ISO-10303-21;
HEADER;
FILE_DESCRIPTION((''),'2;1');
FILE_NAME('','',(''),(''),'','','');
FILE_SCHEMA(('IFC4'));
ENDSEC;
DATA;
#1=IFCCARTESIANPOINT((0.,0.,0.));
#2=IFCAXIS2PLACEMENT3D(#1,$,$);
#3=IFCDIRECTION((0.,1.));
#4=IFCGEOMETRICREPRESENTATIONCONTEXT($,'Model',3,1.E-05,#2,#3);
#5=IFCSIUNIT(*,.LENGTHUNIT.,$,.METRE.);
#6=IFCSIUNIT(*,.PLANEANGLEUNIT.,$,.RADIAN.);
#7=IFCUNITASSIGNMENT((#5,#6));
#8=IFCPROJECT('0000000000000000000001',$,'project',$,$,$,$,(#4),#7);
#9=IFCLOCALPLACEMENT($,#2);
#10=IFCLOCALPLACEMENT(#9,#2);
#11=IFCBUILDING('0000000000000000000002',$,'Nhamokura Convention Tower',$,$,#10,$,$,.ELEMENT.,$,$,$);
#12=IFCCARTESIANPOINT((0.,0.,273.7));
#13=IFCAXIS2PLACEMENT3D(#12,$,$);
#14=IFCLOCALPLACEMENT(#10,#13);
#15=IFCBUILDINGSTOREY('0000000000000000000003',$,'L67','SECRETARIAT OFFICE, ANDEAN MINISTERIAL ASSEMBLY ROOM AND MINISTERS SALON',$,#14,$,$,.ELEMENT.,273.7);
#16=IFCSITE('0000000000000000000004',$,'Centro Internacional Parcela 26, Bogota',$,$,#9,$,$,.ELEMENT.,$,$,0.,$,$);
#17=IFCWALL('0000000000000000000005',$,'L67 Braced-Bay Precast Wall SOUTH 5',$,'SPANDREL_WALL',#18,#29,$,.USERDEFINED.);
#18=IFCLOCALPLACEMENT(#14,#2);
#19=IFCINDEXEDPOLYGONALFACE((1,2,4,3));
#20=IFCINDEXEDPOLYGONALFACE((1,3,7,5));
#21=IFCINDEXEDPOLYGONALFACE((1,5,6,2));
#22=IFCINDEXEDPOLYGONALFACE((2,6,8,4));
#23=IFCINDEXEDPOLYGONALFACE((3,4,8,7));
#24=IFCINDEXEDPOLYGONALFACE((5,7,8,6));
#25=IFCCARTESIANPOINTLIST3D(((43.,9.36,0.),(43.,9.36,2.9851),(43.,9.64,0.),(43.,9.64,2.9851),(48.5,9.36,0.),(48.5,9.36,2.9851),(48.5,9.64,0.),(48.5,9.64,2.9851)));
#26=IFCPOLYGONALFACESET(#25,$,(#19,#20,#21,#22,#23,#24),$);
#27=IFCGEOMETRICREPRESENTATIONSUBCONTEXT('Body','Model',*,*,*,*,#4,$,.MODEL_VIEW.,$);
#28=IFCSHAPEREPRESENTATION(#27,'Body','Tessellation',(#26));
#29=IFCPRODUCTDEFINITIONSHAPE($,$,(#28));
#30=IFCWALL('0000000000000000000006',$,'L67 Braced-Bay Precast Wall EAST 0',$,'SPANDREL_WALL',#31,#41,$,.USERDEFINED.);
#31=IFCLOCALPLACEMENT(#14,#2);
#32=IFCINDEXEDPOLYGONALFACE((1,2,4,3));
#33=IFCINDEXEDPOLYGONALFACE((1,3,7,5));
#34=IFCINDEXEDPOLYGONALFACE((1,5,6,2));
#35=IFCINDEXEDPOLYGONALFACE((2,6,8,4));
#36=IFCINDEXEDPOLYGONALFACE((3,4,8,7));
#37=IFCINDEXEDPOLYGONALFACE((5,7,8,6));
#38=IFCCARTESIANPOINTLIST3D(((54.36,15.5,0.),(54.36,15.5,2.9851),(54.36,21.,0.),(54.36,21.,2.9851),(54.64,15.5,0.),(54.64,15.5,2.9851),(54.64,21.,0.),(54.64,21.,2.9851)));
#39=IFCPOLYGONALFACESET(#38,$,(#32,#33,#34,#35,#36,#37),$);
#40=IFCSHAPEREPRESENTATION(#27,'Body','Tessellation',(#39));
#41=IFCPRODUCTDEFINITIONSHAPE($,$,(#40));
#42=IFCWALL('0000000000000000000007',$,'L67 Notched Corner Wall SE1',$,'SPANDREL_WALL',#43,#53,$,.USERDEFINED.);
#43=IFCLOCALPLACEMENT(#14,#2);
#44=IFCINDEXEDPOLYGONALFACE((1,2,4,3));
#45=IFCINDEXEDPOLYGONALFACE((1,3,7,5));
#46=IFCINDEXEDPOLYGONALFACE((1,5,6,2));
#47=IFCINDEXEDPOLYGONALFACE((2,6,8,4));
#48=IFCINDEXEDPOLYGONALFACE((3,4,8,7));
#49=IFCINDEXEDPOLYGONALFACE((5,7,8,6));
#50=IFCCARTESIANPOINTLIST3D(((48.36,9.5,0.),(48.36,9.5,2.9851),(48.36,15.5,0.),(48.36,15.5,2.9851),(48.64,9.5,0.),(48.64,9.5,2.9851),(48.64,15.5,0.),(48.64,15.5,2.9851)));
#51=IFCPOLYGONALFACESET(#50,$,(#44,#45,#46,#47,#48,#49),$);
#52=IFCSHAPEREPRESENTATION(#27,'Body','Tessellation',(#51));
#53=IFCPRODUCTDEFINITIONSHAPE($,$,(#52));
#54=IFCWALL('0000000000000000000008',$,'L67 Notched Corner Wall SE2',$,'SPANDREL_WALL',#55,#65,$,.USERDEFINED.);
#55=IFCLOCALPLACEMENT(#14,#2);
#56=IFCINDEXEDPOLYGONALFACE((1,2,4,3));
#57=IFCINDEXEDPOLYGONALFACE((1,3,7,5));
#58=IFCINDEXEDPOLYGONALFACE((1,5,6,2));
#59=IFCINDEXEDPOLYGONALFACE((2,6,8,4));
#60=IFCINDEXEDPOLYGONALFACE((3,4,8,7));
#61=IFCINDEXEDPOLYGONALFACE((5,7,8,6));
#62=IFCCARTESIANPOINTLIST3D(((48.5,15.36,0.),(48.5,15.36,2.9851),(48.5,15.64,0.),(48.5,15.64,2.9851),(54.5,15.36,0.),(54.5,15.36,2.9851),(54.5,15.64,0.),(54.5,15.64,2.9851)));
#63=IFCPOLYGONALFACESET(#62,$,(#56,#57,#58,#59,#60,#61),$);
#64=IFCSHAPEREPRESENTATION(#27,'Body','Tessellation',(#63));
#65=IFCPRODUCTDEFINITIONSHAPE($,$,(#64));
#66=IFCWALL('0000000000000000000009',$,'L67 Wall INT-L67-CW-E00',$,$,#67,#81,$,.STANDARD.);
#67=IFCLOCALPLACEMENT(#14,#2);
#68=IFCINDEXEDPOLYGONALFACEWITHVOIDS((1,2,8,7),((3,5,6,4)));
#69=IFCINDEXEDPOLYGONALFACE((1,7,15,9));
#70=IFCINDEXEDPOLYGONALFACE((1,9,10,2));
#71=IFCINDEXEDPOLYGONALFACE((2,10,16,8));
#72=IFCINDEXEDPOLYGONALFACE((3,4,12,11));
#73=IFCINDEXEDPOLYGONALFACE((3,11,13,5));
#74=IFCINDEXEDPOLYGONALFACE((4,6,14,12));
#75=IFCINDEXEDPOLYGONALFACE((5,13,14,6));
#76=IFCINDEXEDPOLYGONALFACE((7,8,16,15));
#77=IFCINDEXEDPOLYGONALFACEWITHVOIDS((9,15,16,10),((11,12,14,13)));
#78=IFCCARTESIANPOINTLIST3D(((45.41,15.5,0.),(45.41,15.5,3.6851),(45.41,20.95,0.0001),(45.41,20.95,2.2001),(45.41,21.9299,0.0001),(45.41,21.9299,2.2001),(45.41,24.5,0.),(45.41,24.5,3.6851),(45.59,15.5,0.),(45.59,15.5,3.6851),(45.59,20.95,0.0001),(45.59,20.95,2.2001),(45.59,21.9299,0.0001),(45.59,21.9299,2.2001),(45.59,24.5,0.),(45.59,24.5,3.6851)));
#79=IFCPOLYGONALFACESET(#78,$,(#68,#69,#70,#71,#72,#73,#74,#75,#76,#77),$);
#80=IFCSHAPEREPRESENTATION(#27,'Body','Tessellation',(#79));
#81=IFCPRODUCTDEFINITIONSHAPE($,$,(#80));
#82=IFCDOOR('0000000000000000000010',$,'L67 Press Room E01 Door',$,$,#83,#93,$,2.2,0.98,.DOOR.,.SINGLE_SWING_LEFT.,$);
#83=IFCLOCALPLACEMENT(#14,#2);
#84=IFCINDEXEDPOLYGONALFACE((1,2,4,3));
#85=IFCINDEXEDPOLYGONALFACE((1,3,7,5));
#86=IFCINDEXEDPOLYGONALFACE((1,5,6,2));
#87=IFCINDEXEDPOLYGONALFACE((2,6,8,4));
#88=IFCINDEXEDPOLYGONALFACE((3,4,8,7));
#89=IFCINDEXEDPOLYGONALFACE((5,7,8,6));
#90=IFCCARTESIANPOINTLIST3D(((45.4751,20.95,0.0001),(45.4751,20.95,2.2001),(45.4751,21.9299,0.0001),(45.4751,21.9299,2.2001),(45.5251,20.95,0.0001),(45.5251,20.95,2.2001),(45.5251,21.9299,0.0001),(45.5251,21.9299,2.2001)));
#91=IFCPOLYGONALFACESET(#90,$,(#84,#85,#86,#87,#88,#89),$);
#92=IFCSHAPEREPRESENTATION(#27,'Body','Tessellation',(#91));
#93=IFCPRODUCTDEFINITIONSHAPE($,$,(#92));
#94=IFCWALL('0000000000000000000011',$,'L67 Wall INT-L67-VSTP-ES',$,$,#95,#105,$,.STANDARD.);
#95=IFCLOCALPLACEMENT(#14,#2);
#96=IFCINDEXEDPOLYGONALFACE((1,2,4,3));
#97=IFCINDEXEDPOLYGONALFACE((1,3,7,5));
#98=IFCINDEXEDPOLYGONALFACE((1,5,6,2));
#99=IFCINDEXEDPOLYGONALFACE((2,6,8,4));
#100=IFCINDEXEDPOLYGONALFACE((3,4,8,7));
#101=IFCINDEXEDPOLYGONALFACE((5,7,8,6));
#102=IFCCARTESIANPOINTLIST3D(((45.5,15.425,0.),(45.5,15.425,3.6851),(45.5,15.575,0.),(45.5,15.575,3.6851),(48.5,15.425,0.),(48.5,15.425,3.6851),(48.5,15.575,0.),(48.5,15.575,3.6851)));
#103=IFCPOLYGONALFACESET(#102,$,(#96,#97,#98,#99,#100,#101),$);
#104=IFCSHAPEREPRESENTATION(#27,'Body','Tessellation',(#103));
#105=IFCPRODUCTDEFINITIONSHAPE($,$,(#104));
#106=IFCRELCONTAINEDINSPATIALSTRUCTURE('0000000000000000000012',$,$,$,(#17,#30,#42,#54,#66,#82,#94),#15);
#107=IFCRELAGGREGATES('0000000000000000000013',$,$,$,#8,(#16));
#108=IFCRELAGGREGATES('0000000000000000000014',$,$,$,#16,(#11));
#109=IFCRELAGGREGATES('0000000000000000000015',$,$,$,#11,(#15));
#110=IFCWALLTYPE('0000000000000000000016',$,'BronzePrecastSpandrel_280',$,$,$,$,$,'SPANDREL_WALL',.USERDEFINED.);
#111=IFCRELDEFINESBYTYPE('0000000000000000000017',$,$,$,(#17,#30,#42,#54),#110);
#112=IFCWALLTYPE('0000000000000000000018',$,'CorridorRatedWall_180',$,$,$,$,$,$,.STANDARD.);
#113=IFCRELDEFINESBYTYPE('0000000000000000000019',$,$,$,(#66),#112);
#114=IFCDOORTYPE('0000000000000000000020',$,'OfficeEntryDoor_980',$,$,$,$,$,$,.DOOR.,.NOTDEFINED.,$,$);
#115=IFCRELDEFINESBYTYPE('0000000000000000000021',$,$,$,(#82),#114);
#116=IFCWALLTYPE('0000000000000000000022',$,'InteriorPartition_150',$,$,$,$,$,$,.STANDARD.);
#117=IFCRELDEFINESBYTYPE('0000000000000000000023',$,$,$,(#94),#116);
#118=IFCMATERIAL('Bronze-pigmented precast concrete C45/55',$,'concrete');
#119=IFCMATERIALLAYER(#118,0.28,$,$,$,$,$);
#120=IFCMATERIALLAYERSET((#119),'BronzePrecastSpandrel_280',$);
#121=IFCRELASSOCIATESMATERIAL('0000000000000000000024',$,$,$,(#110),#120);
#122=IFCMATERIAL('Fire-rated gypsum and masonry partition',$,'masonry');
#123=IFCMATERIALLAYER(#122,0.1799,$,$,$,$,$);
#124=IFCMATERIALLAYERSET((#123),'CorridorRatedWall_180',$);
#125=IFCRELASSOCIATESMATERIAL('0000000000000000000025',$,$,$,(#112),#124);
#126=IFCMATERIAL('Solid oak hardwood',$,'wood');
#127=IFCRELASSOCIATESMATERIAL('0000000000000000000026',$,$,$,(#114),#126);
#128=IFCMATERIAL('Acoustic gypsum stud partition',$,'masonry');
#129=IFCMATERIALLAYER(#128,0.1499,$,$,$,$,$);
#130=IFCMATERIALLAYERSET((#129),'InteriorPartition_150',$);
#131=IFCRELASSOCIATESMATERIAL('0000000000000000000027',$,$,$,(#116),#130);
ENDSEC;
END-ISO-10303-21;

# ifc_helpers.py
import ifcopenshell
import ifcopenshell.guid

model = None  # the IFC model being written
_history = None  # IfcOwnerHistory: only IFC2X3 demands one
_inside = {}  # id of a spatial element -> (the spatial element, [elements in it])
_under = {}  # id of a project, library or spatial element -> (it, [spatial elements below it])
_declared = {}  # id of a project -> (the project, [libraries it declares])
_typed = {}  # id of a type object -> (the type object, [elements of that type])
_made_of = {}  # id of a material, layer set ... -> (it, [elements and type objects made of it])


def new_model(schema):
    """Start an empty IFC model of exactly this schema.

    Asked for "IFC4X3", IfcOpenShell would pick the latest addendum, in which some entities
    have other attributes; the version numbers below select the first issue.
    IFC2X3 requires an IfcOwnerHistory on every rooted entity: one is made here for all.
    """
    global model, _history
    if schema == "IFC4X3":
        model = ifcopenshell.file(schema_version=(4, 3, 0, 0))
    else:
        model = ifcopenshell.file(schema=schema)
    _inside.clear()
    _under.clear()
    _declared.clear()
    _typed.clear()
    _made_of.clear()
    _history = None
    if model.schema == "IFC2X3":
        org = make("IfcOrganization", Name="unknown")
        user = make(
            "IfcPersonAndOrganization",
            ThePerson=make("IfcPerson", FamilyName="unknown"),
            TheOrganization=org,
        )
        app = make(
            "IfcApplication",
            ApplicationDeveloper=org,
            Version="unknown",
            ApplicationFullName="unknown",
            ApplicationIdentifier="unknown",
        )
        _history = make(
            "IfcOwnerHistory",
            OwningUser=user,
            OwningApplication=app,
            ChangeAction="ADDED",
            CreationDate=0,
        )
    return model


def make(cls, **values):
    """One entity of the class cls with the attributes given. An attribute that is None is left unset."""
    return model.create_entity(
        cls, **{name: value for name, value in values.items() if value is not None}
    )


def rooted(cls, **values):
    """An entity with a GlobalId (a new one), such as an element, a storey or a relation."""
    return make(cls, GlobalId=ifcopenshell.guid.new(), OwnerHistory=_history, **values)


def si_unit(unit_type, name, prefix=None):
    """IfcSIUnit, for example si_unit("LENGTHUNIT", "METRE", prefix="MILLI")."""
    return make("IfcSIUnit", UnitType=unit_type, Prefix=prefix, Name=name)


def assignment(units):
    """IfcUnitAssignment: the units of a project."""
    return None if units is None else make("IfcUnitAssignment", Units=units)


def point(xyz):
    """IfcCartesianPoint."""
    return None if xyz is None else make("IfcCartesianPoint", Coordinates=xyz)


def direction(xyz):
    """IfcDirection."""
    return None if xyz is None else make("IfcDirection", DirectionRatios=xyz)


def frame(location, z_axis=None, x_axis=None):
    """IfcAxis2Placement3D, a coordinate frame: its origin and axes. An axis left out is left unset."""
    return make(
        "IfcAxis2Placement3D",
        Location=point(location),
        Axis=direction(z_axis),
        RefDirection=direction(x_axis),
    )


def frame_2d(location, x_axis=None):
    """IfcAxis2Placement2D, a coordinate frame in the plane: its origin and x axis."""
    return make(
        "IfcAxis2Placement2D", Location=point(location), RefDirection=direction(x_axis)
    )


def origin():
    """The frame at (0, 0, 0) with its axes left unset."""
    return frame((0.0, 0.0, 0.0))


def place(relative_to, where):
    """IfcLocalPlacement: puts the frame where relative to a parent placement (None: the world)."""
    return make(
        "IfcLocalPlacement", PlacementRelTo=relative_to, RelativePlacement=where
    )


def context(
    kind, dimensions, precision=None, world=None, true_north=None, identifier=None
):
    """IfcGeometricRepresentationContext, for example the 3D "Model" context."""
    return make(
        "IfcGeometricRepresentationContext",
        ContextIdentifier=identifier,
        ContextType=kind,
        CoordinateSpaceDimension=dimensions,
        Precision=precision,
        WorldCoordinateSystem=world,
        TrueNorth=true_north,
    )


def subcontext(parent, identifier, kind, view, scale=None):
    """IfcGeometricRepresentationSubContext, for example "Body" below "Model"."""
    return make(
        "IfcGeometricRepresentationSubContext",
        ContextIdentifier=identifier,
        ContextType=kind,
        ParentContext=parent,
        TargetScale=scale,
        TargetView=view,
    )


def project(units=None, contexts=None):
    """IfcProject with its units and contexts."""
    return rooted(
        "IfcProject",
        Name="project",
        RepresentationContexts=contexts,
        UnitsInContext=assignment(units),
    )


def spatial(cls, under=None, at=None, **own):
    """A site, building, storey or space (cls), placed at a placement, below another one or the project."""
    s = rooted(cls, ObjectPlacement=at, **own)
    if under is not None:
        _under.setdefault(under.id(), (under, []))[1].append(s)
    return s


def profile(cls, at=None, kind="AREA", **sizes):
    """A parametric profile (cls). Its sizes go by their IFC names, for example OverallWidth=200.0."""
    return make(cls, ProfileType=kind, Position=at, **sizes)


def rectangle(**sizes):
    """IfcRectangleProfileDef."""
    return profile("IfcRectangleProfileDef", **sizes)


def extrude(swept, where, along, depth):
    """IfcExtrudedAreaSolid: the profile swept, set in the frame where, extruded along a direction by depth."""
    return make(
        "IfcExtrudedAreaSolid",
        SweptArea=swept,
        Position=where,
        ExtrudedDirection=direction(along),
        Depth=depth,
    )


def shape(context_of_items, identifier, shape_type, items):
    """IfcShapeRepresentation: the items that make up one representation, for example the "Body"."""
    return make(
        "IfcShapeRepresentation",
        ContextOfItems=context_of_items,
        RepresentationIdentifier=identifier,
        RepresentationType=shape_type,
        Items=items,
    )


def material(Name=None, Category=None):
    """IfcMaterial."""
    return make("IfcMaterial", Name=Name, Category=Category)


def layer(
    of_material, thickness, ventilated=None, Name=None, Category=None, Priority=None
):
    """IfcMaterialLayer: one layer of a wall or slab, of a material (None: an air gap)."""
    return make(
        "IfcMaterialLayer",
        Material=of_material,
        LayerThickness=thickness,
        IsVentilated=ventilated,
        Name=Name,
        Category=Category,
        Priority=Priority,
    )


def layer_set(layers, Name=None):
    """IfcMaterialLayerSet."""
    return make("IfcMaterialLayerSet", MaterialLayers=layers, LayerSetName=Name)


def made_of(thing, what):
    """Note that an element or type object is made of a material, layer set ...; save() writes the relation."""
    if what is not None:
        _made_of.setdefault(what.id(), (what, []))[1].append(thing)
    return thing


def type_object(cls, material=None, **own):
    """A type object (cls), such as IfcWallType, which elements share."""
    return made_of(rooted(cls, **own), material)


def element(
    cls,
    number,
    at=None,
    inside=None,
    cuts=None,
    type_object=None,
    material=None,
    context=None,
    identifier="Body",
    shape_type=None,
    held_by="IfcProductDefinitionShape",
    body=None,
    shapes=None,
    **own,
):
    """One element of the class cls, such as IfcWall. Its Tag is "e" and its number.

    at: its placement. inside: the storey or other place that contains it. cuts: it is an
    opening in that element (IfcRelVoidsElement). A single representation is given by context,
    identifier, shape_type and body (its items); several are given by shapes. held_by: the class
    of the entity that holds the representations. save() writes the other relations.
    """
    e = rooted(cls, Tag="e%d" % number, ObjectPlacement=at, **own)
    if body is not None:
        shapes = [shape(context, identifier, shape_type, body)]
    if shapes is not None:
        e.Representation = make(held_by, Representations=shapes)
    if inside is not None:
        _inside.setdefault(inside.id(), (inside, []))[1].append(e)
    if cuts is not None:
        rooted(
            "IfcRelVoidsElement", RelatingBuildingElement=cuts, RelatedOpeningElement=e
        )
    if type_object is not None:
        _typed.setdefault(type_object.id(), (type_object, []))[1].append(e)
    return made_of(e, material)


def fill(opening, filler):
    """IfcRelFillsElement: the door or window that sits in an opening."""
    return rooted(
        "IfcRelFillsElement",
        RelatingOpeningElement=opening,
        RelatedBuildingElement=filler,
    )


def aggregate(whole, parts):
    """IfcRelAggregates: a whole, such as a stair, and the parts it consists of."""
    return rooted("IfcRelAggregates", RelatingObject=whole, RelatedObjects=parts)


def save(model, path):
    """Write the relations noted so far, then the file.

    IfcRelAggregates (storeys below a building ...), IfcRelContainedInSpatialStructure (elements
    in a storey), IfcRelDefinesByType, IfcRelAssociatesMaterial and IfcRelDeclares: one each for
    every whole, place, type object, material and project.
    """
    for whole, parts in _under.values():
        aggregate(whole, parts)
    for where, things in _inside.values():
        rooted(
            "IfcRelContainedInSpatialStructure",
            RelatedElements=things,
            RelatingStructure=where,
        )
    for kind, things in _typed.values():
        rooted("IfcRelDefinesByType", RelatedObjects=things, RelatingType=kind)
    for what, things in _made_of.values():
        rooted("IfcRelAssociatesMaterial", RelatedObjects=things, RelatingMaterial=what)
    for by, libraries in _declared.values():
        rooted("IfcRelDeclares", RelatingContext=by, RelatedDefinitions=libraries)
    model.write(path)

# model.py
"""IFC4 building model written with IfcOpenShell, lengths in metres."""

from ifc_helpers import new_model, si_unit, direction, frame, frame_2d, origin, place, context, subcontext, project, spatial, rectangle, extrude, material, layer, layer_set, type_object, element, fill, save


model = new_model("IFC4")

# Units and contexts
model_context = context("Model", 3, precision=1e-05, world=origin(), true_north=direction((0.0, 1.0)))
body_context = subcontext(model_context, "Body", "Model", "MODEL_VIEW")
ifc_project = project(units=[si_unit("LENGTHUNIT", "METRE"), si_unit("PLANEANGLEUNIT", "RADIAN")], contexts=[model_context])

# Site, building, storey
site_placement = place(None, origin())
site = spatial("IfcSite", under=ifc_project, at=site_placement, Name="Centro Internacional Parcela 26, Bogota", CompositionType="ELEMENT", RefElevation=0.0)
building_placement = place(site_placement, origin())
building = spatial("IfcBuilding", under=site, at=building_placement, Name="Nhamokura Convention Tower", CompositionType="ELEMENT")
storey_placement = place(building_placement, frame((0.0, 0.0, 273.7)))
storey = spatial("IfcBuildingStorey", under=building, at=storey_placement, Name="L67", Description="SECRETARIAT OFFICE, ANDEAN MINISTERIAL ASSEMBLY ROOM AND MINISTERS SALON", CompositionType="ELEMENT", Elevation=273.7)

# Walls
ifc_material_1 = material(Name="Bronze-pigmented precast concrete C45/55", Category="concrete")
ifc_layer_1 = layer(ifc_material_1, 0.28)
ifc_layer_set_1 = layer_set([ifc_layer_1], Name="BronzePrecastSpandrel_280")
wall_type_1 = type_object("IfcWallType", Name="BronzePrecastSpandrel_280", ElementType="SPANDREL_WALL", PredefinedType="USERDEFINED", material=ifc_layer_set_1)
for number, where, z_axis, x_axis, name in (
    (1, (48.5, 9.5, 0.0), (0.0, 0.0, 1.0), (-1.0, 0.0, 0.0), "L67 Braced-Bay Precast Wall SOUTH 5"),
    (2, (54.5, 21.0, 0.0), (0.0, 0.0, 1.0), (0.0, -1.0, 0.0), "L67 Braced-Bay Precast Wall EAST 0"),
):
    element("IfcWall", number, at=place(storey_placement, frame(where, z_axis=z_axis, x_axis=x_axis)), inside=storey, type_object=wall_type_1, Name=name, ObjectType="SPANDREL_WALL", PredefinedType="USERDEFINED", context=body_context, shape_type="SweptSolid", body=[
        extrude(rectangle(XDim=5.5, YDim=0.28, at=frame_2d((2.75, 0.0))), origin(), (0.0, 0.0, 1.0), 2.9851),
    ])
for number, where, z_axis, x_axis, name in (
    (3, (48.5, 15.5, 0.0), (0.0, 0.0, 1.0), (0.0, -1.0, 0.0), "L67 Notched Corner Wall SE1"),
    (4, (54.5, 15.5, 0.0), (0.0, 0.0, 1.0), (-1.0, 0.0, 0.0), "L67 Notched Corner Wall SE2"),
):
    element("IfcWall", number, at=place(storey_placement, frame(where, z_axis=z_axis, x_axis=x_axis)), inside=storey, type_object=wall_type_1, Name=name, ObjectType="SPANDREL_WALL", PredefinedType="USERDEFINED", context=body_context, shape_type="SweptSolid", body=[
        extrude(rectangle(XDim=6.0, YDim=0.28, at=frame_2d((3.0, 0.0))), origin(), (0.0, 0.0, 1.0), 2.9851),
    ])

# Wall, opening, door
ifc_material_2 = material(Name="Fire-rated gypsum and masonry partition", Category="masonry")
ifc_layer_2 = layer(ifc_material_2, 0.1799)
ifc_layer_set_2 = layer_set([ifc_layer_2], Name="CorridorRatedWall_180")
wall_type_2 = type_object("IfcWallType", Name="CorridorRatedWall_180", PredefinedType="STANDARD", material=ifc_layer_set_2)
wall_1_placement = place(storey_placement, frame((45.5, 15.5, 0.0), z_axis=(0.0, 0.0, 1.0), x_axis=(0.0, 1.0, 0.0)))
wall_1 = element("IfcWall", 5, at=wall_1_placement, inside=storey, type_object=wall_type_2, Name="L67 Wall INT-L67-CW-E00", PredefinedType="STANDARD", context=body_context, shape_type="SweptSolid", body=[
    extrude(rectangle(XDim=9.0, YDim=0.1799, at=frame_2d((4.5, 0.0))), origin(), (0.0, 0.0, 1.0), 3.6851),
])
opening_placement = place(wall_1_placement, frame((5.45, 0.0, 0.0)))
opening = element("IfcOpeningElement", 6, at=opening_placement, cuts=wall_1, PredefinedType="OPENING", context=body_context, shape_type="SweptSolid", body=[
    extrude(rectangle(XDim=0.98, YDim=2.2, at=frame_2d((0.49, 1.1001))), frame((0.0, 0.0999, 0.0), z_axis=(0.0, -1.0, 0.0), x_axis=(1.0, 0.0, 0.0)), (0.0, 0.0, 1.0), 0.2),
])
ifc_material_3 = material(Name="Solid oak hardwood", Category="wood")
door_type = type_object("IfcDoorType", Name="OfficeEntryDoor_980", OperationType="NOTDEFINED", PredefinedType="DOOR", material=ifc_material_3)
door_placement = place(opening_placement, origin())
door = element("IfcDoor", 7, at=door_placement, inside=storey, type_object=door_type, Name="L67 Press Room E01 Door", OperationType="SINGLE_SWING_LEFT", OverallHeight=2.2, OverallWidth=0.98, PredefinedType="DOOR", context=body_context, shape_type="SweptSolid", body=[
    extrude(rectangle(XDim=0.98, YDim=2.2, at=frame_2d((0.49, 1.1001))), frame((0.0, 0.0249, 0.0), z_axis=(0.0, -1.0, 0.0), x_axis=(1.0, 0.0, 0.0)), (0.0, 0.0, 1.0), 0.05),
])
fill(opening, door)

# Wall
ifc_material_4 = material(Name="Acoustic gypsum stud partition", Category="masonry")
ifc_layer_3 = layer(ifc_material_4, 0.1499)
ifc_layer_set_3 = layer_set([ifc_layer_3], Name="InteriorPartition_150")
wall_type_3 = type_object("IfcWallType", Name="InteriorPartition_150", PredefinedType="STANDARD", material=ifc_layer_set_3)
wall_2_placement = place(storey_placement, frame((45.5, 15.5, 0.0), z_axis=(0.0, 0.0, 1.0), x_axis=(1.0, 0.0, 0.0)))
element("IfcWall", 8, at=wall_2_placement, inside=storey, type_object=wall_type_3, Name="L67 Wall INT-L67-VSTP-ES", PredefinedType="STANDARD", context=body_context, shape_type="SweptSolid", body=[
    extrude(rectangle(XDim=3.0, YDim=0.1499, at=frame_2d((1.5, 0.0))), origin(), (0.0, 0.0, 1.0), 3.6851),
])

save(model, "model.ifc")
